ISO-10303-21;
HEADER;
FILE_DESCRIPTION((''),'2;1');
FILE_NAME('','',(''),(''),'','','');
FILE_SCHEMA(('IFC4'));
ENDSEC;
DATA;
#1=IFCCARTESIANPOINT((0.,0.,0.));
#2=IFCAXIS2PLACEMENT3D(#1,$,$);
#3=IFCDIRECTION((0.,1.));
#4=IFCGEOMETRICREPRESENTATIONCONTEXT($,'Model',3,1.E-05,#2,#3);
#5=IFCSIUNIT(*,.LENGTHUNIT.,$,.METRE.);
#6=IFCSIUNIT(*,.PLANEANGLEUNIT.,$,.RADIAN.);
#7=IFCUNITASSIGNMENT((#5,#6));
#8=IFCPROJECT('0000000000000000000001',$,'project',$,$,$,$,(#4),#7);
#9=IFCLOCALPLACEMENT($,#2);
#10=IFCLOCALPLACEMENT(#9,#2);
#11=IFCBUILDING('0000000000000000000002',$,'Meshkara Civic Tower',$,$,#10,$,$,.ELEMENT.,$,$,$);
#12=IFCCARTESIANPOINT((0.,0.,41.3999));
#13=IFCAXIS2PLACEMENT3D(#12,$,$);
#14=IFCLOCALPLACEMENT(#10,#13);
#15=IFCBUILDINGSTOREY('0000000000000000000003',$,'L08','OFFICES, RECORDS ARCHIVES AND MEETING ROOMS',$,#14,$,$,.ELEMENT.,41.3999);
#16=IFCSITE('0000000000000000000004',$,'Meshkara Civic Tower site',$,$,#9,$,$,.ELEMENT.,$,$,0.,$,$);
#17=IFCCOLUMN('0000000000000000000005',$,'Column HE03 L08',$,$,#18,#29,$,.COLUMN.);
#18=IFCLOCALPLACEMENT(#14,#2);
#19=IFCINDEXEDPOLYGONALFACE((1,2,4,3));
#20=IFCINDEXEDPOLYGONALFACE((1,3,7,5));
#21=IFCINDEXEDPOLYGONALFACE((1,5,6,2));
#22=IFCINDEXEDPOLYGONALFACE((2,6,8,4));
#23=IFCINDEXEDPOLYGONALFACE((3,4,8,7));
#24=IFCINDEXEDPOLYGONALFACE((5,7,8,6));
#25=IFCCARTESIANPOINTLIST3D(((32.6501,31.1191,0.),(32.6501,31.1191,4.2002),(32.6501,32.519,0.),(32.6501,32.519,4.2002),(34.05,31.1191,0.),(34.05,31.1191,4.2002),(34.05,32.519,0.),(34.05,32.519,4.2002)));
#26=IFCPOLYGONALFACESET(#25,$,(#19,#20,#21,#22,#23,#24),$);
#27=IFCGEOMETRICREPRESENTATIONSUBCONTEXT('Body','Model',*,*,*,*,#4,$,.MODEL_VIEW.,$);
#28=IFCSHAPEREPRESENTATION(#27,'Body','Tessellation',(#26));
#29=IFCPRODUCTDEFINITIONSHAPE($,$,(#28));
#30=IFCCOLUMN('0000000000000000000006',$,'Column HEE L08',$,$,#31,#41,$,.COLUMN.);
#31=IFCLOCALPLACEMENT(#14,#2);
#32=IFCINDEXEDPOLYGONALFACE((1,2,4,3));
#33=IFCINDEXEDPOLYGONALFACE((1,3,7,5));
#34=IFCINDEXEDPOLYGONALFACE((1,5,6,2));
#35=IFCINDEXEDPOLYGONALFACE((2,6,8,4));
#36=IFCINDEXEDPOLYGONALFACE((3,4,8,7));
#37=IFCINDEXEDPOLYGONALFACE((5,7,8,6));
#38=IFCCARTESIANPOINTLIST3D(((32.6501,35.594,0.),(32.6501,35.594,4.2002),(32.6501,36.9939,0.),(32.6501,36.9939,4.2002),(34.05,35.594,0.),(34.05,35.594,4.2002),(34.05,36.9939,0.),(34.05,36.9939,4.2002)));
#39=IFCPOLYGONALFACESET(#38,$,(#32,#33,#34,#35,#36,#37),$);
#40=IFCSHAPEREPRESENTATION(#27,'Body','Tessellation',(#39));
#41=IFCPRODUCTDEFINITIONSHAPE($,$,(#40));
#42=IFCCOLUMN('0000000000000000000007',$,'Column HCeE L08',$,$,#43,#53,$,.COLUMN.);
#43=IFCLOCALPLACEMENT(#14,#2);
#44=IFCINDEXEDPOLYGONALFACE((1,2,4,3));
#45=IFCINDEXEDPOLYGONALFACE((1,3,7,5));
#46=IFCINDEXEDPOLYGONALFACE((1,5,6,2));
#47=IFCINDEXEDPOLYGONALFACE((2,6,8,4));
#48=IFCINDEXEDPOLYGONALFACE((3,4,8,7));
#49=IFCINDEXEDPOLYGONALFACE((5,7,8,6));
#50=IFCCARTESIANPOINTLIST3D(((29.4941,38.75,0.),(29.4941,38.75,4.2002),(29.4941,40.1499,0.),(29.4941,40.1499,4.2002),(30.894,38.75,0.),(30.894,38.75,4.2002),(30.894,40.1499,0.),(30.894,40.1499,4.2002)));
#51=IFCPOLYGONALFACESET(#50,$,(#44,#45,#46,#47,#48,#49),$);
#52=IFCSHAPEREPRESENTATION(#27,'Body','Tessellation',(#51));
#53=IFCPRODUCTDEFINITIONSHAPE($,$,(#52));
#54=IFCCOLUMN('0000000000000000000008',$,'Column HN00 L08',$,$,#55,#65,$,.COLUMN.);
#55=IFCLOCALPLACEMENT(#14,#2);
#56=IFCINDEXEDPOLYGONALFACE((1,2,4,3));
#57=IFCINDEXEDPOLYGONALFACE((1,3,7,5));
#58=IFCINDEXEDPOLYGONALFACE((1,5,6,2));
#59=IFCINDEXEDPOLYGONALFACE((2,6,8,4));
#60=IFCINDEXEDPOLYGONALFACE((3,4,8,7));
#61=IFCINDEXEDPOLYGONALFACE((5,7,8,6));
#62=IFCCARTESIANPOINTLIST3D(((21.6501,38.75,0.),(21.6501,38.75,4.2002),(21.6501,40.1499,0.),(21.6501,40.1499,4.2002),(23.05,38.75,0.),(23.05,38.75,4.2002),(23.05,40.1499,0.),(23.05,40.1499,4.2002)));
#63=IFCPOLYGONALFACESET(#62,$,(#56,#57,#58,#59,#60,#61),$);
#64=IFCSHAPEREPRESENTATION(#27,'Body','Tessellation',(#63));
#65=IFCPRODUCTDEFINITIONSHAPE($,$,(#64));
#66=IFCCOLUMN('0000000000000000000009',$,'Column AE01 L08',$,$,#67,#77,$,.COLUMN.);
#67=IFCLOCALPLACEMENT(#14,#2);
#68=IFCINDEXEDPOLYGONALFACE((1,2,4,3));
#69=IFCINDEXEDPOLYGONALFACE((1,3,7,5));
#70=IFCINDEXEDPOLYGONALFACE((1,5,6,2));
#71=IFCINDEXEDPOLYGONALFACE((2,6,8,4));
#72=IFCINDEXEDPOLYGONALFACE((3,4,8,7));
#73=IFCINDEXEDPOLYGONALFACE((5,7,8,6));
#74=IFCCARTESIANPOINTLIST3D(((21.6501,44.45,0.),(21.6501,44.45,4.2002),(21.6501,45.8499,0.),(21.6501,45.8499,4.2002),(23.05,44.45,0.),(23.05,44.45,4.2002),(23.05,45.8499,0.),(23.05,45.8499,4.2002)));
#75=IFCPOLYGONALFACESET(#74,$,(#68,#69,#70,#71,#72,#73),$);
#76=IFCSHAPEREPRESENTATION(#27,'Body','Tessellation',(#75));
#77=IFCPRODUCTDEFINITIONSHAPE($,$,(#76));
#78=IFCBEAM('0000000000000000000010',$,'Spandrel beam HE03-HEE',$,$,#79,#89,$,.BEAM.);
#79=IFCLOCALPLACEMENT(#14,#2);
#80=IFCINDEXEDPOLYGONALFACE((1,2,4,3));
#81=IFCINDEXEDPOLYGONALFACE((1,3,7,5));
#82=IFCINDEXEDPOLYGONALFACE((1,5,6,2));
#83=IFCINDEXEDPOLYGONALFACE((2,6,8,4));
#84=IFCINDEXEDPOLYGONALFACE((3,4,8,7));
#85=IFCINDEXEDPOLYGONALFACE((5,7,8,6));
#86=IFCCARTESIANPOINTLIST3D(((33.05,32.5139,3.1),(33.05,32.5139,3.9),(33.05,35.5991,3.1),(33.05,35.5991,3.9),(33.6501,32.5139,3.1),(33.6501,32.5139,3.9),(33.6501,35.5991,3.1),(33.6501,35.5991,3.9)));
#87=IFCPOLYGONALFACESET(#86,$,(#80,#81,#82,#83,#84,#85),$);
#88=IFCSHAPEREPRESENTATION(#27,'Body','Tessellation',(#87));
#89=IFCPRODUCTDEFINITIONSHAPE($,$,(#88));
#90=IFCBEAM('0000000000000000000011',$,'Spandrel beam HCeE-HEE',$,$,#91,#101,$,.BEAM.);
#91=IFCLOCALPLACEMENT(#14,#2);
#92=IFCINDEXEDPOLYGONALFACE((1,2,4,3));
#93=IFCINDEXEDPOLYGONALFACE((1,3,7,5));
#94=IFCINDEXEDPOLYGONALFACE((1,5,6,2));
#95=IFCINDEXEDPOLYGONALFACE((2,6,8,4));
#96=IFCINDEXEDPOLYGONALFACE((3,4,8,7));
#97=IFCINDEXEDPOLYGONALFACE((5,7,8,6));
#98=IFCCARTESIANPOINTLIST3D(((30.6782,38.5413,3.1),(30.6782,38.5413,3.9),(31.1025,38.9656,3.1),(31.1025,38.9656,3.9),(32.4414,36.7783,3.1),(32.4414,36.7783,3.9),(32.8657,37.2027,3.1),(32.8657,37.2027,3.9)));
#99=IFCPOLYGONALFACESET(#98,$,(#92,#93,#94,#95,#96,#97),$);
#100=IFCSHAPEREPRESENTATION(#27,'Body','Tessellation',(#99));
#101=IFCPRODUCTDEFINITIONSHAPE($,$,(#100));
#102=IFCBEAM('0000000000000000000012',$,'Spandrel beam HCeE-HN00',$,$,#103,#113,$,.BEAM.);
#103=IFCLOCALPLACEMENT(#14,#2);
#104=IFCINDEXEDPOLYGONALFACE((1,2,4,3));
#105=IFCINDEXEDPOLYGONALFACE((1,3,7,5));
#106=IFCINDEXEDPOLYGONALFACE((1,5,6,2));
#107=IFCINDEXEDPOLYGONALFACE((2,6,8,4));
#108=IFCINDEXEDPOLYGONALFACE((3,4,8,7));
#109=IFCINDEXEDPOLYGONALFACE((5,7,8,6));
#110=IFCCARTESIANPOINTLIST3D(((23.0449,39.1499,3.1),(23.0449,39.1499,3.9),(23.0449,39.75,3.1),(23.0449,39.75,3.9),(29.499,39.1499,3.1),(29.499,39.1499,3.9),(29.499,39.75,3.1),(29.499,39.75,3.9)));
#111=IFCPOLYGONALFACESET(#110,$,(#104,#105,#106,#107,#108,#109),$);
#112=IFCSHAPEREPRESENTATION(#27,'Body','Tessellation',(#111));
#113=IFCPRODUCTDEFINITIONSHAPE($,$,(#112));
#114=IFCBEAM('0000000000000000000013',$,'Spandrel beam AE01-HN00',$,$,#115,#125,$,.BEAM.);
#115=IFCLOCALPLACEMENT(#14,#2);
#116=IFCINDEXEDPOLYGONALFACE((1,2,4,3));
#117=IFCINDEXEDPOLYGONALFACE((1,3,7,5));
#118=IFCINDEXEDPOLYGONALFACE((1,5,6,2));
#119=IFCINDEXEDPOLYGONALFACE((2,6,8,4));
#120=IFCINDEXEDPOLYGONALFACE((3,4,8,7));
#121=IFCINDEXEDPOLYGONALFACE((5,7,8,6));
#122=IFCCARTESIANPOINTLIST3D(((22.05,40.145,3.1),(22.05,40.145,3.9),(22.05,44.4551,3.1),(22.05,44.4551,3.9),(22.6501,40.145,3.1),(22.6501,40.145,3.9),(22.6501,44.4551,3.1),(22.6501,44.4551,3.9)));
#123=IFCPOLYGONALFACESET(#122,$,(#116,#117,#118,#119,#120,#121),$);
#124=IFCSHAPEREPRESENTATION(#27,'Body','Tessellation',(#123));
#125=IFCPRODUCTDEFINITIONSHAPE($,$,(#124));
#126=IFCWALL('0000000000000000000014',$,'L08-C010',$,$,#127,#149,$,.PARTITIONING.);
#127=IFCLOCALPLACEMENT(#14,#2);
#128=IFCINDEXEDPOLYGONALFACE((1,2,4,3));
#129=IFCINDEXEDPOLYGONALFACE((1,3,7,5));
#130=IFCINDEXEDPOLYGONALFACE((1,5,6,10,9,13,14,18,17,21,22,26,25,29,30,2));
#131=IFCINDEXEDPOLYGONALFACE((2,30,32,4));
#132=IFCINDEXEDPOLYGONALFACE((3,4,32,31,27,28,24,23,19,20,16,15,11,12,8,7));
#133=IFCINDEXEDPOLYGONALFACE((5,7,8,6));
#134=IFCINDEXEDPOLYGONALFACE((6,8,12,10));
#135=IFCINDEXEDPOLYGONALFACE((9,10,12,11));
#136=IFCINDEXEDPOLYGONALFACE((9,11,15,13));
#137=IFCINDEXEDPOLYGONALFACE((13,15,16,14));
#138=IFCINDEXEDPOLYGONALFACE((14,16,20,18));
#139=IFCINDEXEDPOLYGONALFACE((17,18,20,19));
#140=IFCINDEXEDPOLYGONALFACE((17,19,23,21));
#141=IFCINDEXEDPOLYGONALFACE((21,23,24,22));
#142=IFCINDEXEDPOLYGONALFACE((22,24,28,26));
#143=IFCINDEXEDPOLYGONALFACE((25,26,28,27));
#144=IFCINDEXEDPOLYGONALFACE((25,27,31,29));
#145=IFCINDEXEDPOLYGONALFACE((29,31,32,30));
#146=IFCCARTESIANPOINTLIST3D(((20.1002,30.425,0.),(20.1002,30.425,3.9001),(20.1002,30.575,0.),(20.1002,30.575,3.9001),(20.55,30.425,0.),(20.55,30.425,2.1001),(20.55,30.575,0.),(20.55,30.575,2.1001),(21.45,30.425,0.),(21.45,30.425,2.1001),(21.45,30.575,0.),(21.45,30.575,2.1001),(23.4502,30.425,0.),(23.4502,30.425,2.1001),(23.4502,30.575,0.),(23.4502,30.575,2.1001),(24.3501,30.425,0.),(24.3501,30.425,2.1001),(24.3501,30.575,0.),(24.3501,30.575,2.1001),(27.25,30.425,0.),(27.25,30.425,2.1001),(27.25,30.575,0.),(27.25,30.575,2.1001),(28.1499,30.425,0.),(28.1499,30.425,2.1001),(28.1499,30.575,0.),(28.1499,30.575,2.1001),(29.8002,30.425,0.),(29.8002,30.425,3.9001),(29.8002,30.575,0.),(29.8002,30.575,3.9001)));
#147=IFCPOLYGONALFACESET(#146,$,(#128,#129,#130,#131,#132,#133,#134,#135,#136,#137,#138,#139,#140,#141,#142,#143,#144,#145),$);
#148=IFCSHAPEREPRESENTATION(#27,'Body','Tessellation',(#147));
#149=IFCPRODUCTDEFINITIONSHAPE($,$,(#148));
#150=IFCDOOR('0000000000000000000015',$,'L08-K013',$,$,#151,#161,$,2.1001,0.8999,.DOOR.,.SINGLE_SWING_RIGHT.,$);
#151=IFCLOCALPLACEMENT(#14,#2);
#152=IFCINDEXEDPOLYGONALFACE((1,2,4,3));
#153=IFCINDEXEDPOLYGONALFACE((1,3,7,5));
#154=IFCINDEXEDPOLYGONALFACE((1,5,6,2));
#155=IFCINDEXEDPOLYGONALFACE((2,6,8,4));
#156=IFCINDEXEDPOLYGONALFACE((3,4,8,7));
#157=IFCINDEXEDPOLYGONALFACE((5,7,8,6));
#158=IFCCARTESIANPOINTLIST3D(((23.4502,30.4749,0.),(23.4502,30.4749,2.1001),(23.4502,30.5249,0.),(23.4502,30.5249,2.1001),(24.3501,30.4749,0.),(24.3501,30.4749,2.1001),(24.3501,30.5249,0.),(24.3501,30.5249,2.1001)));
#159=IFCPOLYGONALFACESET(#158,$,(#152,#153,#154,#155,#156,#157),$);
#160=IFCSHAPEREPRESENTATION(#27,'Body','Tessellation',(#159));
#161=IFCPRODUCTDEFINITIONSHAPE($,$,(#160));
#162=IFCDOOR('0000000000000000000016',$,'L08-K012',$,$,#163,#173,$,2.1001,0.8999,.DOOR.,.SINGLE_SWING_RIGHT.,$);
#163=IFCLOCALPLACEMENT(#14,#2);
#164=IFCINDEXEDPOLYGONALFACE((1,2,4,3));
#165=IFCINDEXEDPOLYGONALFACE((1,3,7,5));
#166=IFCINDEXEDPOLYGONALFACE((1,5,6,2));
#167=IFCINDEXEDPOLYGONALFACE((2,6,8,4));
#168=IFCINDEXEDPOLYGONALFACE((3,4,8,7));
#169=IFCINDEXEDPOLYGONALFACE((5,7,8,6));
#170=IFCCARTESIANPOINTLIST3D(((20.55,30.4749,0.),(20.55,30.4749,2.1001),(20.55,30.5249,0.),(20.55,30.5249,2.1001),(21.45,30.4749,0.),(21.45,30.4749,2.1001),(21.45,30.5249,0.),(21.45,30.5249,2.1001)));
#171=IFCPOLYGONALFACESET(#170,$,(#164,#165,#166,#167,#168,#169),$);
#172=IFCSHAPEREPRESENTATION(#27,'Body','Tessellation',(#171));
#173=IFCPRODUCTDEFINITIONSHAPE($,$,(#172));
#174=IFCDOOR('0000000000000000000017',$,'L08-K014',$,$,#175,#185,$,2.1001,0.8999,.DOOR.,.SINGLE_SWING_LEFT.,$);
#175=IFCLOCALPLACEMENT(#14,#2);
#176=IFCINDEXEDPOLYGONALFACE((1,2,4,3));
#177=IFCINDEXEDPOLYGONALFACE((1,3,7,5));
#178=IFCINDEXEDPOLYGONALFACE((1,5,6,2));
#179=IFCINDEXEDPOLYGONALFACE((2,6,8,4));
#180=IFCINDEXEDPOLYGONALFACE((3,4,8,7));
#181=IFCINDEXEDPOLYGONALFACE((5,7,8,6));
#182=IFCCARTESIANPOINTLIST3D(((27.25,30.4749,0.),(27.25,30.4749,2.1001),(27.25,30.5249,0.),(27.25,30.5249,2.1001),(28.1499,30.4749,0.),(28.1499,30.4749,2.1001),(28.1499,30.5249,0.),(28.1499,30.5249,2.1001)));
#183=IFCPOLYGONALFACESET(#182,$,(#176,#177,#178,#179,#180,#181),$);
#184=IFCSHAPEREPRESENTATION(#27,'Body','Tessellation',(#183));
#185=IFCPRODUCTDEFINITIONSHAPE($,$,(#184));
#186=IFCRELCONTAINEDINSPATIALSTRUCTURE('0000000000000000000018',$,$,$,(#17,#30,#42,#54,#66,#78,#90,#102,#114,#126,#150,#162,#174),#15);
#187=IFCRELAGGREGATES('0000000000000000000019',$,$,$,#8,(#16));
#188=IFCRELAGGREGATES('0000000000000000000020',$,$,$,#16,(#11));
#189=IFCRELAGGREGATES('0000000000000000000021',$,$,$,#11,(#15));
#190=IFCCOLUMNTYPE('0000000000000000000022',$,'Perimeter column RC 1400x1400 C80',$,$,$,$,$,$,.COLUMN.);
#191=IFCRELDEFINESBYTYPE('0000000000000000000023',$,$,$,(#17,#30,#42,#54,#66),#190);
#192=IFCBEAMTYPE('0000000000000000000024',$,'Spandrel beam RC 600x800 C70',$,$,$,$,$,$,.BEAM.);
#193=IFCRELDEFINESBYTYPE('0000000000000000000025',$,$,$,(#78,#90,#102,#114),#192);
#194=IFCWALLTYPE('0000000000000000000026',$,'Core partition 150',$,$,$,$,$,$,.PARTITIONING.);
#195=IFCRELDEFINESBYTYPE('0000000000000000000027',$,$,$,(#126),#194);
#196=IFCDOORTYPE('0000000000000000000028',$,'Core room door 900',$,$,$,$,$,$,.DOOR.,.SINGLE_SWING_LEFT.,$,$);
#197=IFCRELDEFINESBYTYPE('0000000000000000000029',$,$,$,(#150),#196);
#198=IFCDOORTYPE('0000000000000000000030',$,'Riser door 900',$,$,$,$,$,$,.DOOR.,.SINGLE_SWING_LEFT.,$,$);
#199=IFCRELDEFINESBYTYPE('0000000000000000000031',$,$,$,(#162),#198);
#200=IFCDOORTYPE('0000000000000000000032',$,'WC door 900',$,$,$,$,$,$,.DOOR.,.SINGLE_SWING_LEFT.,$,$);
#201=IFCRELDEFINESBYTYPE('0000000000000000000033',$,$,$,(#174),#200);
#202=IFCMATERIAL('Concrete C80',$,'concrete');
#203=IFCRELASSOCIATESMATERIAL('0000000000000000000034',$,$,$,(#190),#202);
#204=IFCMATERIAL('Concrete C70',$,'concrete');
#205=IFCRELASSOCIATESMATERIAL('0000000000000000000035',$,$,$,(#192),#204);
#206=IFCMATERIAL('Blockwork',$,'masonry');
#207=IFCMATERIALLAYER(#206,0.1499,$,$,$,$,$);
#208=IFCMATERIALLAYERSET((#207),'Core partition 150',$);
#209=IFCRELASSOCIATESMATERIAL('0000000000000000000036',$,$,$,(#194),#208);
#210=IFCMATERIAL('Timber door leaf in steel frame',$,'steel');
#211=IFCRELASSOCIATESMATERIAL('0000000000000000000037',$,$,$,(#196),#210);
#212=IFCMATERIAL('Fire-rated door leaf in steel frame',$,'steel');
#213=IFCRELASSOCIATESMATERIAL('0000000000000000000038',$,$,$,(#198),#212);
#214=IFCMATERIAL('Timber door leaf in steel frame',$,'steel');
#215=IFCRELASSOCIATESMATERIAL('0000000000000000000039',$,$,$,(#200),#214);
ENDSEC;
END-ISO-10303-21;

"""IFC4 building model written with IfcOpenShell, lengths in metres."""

from ifc_helpers import new_model, si_unit, direction, frame, frame_2d, origin, origin_2d, place, context, subcontext, project, spatial, rectangle, extrude, material, layer, layer_set, material_profile, profile_set, type_object, element, fill, save


model = new_model("IFC4")

# Units and contexts
model_context = context("Model", 3, precision=1e-05, world=origin(), true_north=direction((0.0, 1.0)))
body_context = subcontext(model_context, "Body", "Model", "MODEL_VIEW")
ifc_project = project(units=[si_unit("LENGTHUNIT", "METRE"), si_unit("PLANEANGLEUNIT", "RADIAN")], contexts=[model_context])

# Site, building, storey
site_placement = place(None, origin())
site = spatial("IfcSite", under=ifc_project, at=site_placement, Name="Meshkara Civic Tower site", CompositionType="ELEMENT", RefElevation=0.0)
building_placement = place(site_placement, origin())
building = spatial("IfcBuilding", under=site, at=building_placement, Name="Meshkara Civic Tower", CompositionType="ELEMENT")
storey_placement = place(building_placement, frame((0.0, 0.0, 41.3999)))
storey = spatial("IfcBuildingStorey", under=building, at=storey_placement, Name="L08", Description="OFFICES, RECORDS ARCHIVES AND MEETING ROOMS", CompositionType="ELEMENT", Elevation=41.3999)

# Columns
ifc_material_1 = material(Name="Concrete C80", Category="concrete")
ifc_material_profile_1 = material_profile(ifc_material_1, rectangle(XDim=1.3999, YDim=1.3999, at=origin_2d()))
ifc_profile_set_1 = profile_set([ifc_material_profile_1], Name="Concrete C80")
column_type = type_object("IfcColumnType", Name="Perimeter column RC 1400x1400 C80", PredefinedType="COLUMN", material=ifc_profile_set_1)
for number, where, z_axis, x_axis, name in (
    (1, (33.3501, 31.8191, 0.0), (0.0, 0.0, 1.0), (1.0, 0.0, 0.0), "Column HE03 L08"),
    (2, (33.3501, 36.2939, 0.0), (0.0, 0.0, 1.0), (1.0, 0.0, 0.0), "Column HEE L08"),
    (3, (30.1941, 39.45, 0.0), (0.0, 0.0, 1.0), (1.0, 0.0, 0.0), "Column HCeE L08"),
    (4, (22.3501, 39.45, 0.0), (0.0, 0.0, 1.0), (1.0, 0.0, 0.0), "Column HN00 L08"),
    (5, (22.3501, 45.1499, 0.0), (0.0, 0.0, 1.0), (1.0, 0.0, 0.0), "Column AE01 L08"),
):
    element("IfcColumn", number, at=place(storey_placement, frame(where, z_axis=z_axis, x_axis=x_axis)), inside=storey, type_object=column_type, Name=name, PredefinedType="COLUMN", context=body_context, shape_type="SweptSolid", body=[
        extrude(rectangle(XDim=1.3999, YDim=1.3999, at=origin_2d()), origin(), (0.0, 0.0, 1.0), 4.2002),
    ])

# Beams
ifc_material_2 = material(Name="Concrete C70", Category="concrete")
ifc_material_profile_2 = material_profile(ifc_material_2, rectangle(XDim=0.6001, YDim=0.8, at=origin_2d()))
ifc_profile_set_2 = profile_set([ifc_material_profile_2], Name="Concrete C70")
beam_type = type_object("IfcBeamType", Name="Spandrel beam RC 600x800 C70", PredefinedType="BEAM", material=ifc_profile_set_2)
beam_1_placement = place(storey_placement, frame((33.3501, 32.5139, 3.5), z_axis=(0.0, 1.0, 0.0), x_axis=(-1.0, 0.0, 0.0)))
element("IfcBeam", 6, at=beam_1_placement, inside=storey, type_object=beam_type, Name="Spandrel beam HE03-HEE", PredefinedType="BEAM", context=body_context, shape_type="SweptSolid", body=[
    extrude(rectangle(XDim=0.6001, YDim=0.8, at=origin_2d()), origin(), (0.0, 0.0, 1.0), 3.0852),
])
beam_2_placement = place(storey_placement, frame((32.6536, 36.9905, 3.5), z_axis=(-0.707156, 0.707058, 0.0), x_axis=(-0.707058, -0.707156, 0.0)))
element("IfcBeam", 7, at=beam_2_placement, inside=storey, type_object=beam_type, Name="Spandrel beam HCeE-HEE", PredefinedType="BEAM", context=body_context, shape_type="SweptSolid", body=[
    extrude(rectangle(XDim=0.6001, YDim=0.8, at=origin_2d()), origin(), (0.0, 0.0, 1.0), 2.4934),
])
beam_3_placement = place(storey_placement, frame((29.499, 39.45, 3.5), z_axis=(-1.0, 0.0, 0.0), x_axis=(0.0, -1.0, 0.0)))
element("IfcBeam", 8, at=beam_3_placement, inside=storey, type_object=beam_type, Name="Spandrel beam HCeE-HN00", PredefinedType="BEAM", context=body_context, shape_type="SweptSolid", body=[
    extrude(rectangle(XDim=0.6001, YDim=0.8, at=origin_2d()), origin(), (0.0, 0.0, 1.0), 6.4541),
])
beam_4_placement = place(storey_placement, frame((22.3501, 40.145, 3.5), z_axis=(0.0, 1.0, 0.0), x_axis=(-1.0, 0.0, 0.0)))
element("IfcBeam", 9, at=beam_4_placement, inside=storey, type_object=beam_type, Name="Spandrel beam AE01-HN00", PredefinedType="BEAM", context=body_context, shape_type="SweptSolid", body=[
    extrude(rectangle(XDim=0.6001, YDim=0.8, at=origin_2d()), origin(), (0.0, 0.0, 1.0), 4.3101),
])

# Wall, openings, doors
ifc_material_3 = material(Name="Blockwork", Category="masonry")
ifc_layer_1 = layer(ifc_material_3, 0.1499)
ifc_layer_set_1 = layer_set([ifc_layer_1], Name="Core partition 150")
wall_type_1 = type_object("IfcWallType", Name="Core partition 150", PredefinedType="PARTITIONING", material=ifc_layer_set_1)
wall_1_placement = place(storey_placement, frame((20.1001, 30.5, 0.0), z_axis=(0.0, 0.0, 1.0), x_axis=(1.0, 0.0, 0.0)))
wall_1 = element("IfcWall", 10, at=wall_1_placement, inside=storey, type_object=wall_type_1, Name="L08-C010", PredefinedType="PARTITIONING", context=body_context, shape_type="SweptSolid", body=[
    extrude(rectangle(XDim=9.7, YDim=0.1499, at=frame_2d((4.8501, 0.0))), origin(), (0.0, 0.0, 1.0), 3.9001),
])
opening_1_placement = place(wall_1_placement, frame((0.45, 0.0, 0.0)))
opening_1 = element("IfcOpeningElement", 11, at=opening_1_placement, cuts=wall_1, PredefinedType="OPENING", context=body_context, shape_type="SweptSolid", body=[
    extrude(rectangle(XDim=0.8999, YDim=2.1001, at=frame_2d((0.45, 1.05))), frame((0.0, 0.085, 0.0), z_axis=(0.0, -1.0, 0.0), x_axis=(1.0, 0.0, 0.0)), (0.0, 0.0, 1.0), 0.1699),
])
opening_2_placement = place(wall_1_placement, frame((3.3501, 0.0, 0.0)))
opening_2 = element("IfcOpeningElement", 12, at=opening_2_placement, cuts=wall_1, PredefinedType="OPENING", context=body_context, shape_type="SweptSolid", body=[
    extrude(rectangle(XDim=0.8999, YDim=2.1001, at=frame_2d((0.45, 1.05))), frame((0.0, 0.085, 0.0), z_axis=(0.0, -1.0, 0.0), x_axis=(1.0, 0.0, 0.0)), (0.0, 0.0, 1.0), 0.1699),
])
opening_3_placement = place(wall_1_placement, frame((7.1499, 0.0, 0.0)))
opening_3 = element("IfcOpeningElement", 13, at=opening_3_placement, cuts=wall_1, PredefinedType="OPENING", context=body_context, shape_type="SweptSolid", body=[
    extrude(rectangle(XDim=0.8999, YDim=2.1001, at=frame_2d((0.45, 1.05))), frame((0.0, 0.085, 0.0), z_axis=(0.0, -1.0, 0.0), x_axis=(1.0, 0.0, 0.0)), (0.0, 0.0, 1.0), 0.1699),
])
ifc_material_4 = material(Name="Timber door leaf in steel frame", Category="steel")
door_type_1 = type_object("IfcDoorType", Name="Core room door 900", OperationType="SINGLE_SWING_LEFT", PredefinedType="DOOR", material=ifc_material_4)
door_1_placement = place(opening_2_placement, origin())
door_1 = element("IfcDoor", 14, at=door_1_placement, inside=storey, type_object=door_type_1, Name="L08-K013", OperationType="SINGLE_SWING_RIGHT", OverallHeight=2.1001, OverallWidth=0.8999, PredefinedType="DOOR", context=body_context, shape_type="SweptSolid", body=[
    extrude(rectangle(XDim=0.8999, YDim=2.1001, at=frame_2d((0.45, 1.05))), frame((0.0, 0.0249, 0.0), z_axis=(0.0, -1.0, 0.0), x_axis=(1.0, 0.0, 0.0)), (0.0, 0.0, 1.0), 0.05),
])
fill(opening_2, door_1)
ifc_material_5 = material(Name="Fire-rated door leaf in steel frame", Category="steel")
door_type_2 = type_object("IfcDoorType", Name="Riser door 900", OperationType="SINGLE_SWING_LEFT", PredefinedType="DOOR", material=ifc_material_5)
door_2_placement = place(opening_1_placement, origin())
door_2 = element("IfcDoor", 15, at=door_2_placement, inside=storey, type_object=door_type_2, Name="L08-K012", OperationType="SINGLE_SWING_RIGHT", OverallHeight=2.1001, OverallWidth=0.8999, PredefinedType="DOOR", context=body_context, shape_type="SweptSolid", body=[
    extrude(rectangle(XDim=0.8999, YDim=2.1001, at=frame_2d((0.45, 1.05))), frame((0.0, 0.0249, 0.0), z_axis=(0.0, -1.0, 0.0), x_axis=(1.0, 0.0, 0.0)), (0.0, 0.0, 1.0), 0.05),
])
fill(opening_1, door_2)
ifc_material_6 = material(Name="Timber door leaf in steel frame", Category="steel")
door_type_3 = type_object("IfcDoorType", Name="WC door 900", OperationType="SINGLE_SWING_LEFT", PredefinedType="DOOR", material=ifc_material_6)
door_3_placement = place(opening_3_placement, origin())
door_3 = element("IfcDoor", 16, at=door_3_placement, inside=storey, type_object=door_type_3, Name="L08-K014", OperationType="SINGLE_SWING_LEFT", OverallHeight=2.1001, OverallWidth=0.8999, PredefinedType="DOOR", context=body_context, shape_type="SweptSolid", body=[
    extrude(rectangle(XDim=0.8999, YDim=2.1001, at=frame_2d((0.45, 1.05))), frame((0.0, 0.0249, 0.0), z_axis=(0.0, -1.0, 0.0), x_axis=(1.0, 0.0, 0.0)), (0.0, 0.0, 1.0), 0.05),
])
fill(opening_3, door_3)

save(model, "model.ifc")
